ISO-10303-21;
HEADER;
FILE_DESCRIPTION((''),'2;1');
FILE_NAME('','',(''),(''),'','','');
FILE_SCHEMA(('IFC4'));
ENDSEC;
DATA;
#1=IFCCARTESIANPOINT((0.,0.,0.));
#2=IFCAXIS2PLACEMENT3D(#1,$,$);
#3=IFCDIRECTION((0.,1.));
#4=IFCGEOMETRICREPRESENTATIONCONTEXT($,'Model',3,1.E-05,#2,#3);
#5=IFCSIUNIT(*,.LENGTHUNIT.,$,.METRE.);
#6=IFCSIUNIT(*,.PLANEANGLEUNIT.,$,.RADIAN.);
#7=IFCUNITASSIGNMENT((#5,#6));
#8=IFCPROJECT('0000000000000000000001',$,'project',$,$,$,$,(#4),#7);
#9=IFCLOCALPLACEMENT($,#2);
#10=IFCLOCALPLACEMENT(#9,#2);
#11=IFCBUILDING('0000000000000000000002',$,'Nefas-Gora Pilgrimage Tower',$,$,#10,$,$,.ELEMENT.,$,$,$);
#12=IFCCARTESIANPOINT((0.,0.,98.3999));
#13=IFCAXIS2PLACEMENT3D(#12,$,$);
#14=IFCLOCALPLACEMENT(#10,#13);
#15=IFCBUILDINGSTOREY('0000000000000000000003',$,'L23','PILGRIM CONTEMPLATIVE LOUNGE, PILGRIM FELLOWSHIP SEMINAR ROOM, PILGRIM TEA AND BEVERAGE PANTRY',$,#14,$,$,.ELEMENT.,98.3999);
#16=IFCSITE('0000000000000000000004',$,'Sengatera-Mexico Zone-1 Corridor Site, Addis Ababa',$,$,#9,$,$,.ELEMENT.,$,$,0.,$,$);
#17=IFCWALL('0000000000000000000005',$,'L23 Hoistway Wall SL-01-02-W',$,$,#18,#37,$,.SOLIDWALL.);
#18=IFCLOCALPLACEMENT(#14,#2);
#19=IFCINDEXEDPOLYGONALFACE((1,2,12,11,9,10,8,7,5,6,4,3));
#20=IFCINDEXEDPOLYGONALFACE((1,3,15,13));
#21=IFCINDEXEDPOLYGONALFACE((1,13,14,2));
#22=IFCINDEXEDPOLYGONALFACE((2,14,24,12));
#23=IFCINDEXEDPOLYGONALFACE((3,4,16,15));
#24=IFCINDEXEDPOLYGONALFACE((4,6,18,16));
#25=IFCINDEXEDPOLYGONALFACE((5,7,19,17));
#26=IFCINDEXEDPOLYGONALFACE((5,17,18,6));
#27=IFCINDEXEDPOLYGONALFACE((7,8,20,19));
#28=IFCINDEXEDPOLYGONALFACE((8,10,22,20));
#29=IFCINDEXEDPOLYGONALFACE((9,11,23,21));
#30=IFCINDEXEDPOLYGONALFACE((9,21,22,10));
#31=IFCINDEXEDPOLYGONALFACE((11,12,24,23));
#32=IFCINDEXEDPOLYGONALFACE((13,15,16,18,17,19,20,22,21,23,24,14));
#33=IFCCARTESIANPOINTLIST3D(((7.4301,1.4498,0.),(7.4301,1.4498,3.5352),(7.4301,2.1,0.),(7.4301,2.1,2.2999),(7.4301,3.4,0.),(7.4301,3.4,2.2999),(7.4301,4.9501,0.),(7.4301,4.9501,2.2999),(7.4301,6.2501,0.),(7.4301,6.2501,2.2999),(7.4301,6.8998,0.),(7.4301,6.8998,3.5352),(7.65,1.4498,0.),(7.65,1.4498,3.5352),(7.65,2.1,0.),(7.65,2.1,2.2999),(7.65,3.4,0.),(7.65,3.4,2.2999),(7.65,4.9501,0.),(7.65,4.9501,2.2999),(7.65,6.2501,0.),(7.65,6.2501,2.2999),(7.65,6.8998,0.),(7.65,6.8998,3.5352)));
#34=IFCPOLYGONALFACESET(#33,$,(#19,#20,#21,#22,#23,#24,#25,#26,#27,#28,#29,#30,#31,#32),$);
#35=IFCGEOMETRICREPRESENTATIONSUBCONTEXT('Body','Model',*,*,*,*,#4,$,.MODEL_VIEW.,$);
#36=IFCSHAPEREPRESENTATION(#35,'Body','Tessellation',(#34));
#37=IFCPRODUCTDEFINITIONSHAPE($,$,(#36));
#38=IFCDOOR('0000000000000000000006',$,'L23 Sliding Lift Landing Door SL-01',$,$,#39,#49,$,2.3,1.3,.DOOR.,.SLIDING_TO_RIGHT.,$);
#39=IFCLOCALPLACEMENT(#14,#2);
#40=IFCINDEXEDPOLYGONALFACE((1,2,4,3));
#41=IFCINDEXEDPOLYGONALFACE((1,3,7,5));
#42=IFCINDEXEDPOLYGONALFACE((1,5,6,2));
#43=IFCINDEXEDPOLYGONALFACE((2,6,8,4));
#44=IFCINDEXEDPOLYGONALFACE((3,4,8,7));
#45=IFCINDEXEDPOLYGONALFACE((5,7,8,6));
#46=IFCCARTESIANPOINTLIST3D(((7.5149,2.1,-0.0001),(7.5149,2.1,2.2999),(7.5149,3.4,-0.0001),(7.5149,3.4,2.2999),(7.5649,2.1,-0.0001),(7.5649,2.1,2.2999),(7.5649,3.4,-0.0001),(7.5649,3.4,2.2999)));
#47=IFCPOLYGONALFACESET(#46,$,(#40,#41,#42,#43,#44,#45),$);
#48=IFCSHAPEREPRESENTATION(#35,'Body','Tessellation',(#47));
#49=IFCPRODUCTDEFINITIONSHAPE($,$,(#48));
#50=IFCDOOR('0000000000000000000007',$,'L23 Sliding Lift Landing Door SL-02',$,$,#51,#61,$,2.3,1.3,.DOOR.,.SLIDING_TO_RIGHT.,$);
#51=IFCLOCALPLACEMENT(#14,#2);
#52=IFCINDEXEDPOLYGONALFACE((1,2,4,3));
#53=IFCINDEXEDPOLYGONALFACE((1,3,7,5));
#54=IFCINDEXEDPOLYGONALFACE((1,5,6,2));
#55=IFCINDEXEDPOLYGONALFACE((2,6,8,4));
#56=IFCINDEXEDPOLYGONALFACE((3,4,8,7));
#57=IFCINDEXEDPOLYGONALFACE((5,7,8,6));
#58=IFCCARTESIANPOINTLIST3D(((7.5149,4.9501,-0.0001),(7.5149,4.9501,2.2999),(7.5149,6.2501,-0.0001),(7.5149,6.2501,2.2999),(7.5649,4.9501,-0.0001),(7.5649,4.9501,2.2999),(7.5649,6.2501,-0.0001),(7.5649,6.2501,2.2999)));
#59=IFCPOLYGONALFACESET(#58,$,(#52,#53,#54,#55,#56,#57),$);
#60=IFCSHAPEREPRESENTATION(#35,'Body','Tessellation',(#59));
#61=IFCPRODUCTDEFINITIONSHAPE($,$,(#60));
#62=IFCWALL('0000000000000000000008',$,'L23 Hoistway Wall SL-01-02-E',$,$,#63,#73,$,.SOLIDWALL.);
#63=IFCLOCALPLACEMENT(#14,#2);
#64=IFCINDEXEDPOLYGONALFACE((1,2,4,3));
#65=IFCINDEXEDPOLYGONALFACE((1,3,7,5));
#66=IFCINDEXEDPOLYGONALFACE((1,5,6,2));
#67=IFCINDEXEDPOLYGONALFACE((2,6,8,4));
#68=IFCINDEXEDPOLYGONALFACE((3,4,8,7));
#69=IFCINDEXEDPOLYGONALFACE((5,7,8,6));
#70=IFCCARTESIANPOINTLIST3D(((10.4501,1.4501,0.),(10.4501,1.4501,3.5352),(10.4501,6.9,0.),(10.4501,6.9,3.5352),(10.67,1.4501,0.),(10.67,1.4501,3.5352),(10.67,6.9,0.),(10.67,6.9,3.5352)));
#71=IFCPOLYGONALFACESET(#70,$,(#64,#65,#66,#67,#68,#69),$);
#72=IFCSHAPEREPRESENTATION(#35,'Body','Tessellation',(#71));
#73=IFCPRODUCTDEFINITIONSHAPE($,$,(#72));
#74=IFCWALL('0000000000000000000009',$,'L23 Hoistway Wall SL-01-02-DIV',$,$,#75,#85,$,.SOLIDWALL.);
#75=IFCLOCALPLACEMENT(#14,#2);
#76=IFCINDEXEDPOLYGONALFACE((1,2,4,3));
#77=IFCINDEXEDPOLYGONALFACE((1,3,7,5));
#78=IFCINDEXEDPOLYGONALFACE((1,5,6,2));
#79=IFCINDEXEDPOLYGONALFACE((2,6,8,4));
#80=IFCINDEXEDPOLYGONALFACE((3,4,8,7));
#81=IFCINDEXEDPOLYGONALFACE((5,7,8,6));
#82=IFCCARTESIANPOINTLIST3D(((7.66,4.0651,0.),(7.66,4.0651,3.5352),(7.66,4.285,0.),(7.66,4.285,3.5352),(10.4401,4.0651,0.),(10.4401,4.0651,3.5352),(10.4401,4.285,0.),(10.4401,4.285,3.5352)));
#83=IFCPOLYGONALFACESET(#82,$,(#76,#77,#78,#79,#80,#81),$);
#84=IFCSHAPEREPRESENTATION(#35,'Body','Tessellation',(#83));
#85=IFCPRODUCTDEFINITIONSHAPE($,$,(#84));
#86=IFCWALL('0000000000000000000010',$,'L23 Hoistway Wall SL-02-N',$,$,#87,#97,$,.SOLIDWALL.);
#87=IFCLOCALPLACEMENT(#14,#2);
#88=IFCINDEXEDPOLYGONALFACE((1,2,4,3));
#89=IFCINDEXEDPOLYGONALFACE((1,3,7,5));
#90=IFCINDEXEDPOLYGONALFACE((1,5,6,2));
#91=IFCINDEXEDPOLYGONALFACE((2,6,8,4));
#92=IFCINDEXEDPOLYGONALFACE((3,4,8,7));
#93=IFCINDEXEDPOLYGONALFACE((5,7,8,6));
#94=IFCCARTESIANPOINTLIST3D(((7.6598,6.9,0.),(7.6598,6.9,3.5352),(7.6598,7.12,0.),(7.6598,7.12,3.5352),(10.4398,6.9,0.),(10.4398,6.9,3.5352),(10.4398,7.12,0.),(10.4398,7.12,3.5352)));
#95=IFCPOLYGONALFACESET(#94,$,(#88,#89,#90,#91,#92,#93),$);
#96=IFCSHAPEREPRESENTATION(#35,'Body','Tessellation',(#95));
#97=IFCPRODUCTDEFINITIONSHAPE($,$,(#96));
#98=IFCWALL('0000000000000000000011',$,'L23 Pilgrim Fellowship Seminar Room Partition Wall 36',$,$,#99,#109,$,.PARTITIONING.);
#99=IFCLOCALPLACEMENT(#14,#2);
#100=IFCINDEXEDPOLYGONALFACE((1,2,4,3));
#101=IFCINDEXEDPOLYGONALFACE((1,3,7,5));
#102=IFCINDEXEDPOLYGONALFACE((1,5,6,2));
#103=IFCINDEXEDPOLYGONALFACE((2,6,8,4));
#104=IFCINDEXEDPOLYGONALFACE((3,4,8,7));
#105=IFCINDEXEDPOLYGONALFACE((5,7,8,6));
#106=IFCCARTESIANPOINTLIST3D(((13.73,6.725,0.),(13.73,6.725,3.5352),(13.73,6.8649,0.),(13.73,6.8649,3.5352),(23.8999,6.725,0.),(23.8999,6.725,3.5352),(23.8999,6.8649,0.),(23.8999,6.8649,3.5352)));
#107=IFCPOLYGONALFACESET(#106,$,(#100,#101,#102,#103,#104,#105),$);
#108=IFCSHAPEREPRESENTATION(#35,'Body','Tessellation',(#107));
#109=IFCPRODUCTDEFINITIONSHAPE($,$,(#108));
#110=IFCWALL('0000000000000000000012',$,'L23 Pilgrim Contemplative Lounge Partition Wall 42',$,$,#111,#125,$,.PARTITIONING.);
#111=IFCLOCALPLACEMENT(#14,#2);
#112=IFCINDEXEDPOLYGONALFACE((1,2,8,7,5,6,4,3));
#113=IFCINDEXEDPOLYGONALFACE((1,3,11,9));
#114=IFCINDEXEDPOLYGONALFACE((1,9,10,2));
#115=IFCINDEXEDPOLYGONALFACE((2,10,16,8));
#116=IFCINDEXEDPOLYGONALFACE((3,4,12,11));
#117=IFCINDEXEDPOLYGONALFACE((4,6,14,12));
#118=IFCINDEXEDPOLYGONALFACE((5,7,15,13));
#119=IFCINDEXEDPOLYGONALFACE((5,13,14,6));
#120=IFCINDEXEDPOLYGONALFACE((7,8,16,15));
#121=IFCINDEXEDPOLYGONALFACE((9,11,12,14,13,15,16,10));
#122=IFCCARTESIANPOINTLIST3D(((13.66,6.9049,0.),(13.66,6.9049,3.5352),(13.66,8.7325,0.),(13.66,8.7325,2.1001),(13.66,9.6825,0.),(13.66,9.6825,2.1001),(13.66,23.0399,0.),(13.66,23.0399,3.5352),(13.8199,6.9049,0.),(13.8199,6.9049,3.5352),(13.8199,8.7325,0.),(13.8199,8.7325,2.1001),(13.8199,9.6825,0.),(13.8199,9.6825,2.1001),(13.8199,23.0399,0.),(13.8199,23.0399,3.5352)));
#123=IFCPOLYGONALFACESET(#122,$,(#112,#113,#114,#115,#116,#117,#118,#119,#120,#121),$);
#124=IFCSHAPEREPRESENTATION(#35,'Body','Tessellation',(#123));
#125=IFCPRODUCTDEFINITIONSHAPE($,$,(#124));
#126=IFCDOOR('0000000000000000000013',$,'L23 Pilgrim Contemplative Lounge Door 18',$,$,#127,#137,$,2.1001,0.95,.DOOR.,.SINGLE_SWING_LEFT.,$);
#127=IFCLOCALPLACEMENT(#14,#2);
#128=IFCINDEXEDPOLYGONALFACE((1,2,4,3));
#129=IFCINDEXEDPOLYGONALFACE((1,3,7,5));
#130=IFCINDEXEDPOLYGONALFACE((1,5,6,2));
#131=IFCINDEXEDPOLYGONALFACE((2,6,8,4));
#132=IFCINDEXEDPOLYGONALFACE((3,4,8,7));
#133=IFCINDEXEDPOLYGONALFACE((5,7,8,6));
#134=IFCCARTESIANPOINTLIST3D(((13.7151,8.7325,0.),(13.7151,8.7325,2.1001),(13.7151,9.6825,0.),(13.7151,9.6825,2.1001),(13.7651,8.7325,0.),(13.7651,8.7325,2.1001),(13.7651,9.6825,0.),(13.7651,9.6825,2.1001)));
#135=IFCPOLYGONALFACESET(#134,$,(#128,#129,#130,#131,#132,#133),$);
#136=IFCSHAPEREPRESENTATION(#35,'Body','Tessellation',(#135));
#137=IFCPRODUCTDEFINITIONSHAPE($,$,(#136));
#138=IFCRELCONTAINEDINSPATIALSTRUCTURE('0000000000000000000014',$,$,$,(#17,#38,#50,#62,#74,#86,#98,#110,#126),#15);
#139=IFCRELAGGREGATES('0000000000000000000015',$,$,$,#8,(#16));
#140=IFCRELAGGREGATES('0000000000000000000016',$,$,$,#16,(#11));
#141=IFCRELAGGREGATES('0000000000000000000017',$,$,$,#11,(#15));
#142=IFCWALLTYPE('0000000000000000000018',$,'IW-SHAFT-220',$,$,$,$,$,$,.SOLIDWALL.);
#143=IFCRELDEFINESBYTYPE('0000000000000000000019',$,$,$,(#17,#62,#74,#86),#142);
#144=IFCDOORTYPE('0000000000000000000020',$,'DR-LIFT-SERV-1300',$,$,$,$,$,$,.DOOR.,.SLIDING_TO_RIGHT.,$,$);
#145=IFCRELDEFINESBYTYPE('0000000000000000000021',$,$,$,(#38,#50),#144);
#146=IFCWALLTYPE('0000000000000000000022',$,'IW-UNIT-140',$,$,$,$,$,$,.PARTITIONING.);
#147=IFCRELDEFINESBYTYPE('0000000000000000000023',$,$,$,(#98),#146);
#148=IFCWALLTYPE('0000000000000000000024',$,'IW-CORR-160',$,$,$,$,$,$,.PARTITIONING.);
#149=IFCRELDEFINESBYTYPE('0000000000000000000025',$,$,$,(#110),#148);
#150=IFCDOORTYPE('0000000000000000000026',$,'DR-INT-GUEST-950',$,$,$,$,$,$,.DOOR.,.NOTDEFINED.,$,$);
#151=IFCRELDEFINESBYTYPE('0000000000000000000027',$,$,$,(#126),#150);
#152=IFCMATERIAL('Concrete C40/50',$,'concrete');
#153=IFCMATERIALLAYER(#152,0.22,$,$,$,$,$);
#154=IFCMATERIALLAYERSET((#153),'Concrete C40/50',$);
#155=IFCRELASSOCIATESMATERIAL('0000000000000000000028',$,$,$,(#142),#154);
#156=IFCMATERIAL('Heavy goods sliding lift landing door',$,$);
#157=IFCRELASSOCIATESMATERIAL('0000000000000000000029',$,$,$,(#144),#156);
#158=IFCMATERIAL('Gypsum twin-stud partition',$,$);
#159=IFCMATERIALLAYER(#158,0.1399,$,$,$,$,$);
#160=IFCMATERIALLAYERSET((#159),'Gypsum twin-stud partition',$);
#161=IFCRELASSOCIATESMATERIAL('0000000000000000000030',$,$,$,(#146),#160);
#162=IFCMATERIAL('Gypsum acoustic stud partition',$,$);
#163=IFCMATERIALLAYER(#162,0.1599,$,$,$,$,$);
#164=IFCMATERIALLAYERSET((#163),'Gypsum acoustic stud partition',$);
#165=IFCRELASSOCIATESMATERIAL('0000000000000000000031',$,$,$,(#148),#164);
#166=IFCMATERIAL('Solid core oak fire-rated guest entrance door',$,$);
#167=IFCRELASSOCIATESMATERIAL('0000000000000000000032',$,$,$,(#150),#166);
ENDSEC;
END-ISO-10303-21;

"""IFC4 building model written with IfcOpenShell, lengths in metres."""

from ifc_helpers import new_model, si_unit, direction, frame, frame_2d, origin, place, context, subcontext, project, spatial, rectangle, extrude, source, transform, mapped, material, layer, layer_set, type_object, element, fill, save


model = new_model("IFC4")

# Units and contexts
model_context = context("Model", 3, precision=1e-05, world=origin(), true_north=direction((0.0, 1.0)))
body_context = subcontext(model_context, "Body", "Model", "MODEL_VIEW")
ifc_project = project(units=[si_unit("LENGTHUNIT", "METRE"), si_unit("PLANEANGLEUNIT", "RADIAN")], contexts=[model_context])

# Site, building, storey
site_placement = place(None, origin())
site = spatial("IfcSite", under=ifc_project, at=site_placement, Name="Sengatera-Mexico Zone-1 Corridor Site, Addis Ababa", CompositionType="ELEMENT", RefElevation=0.0)
building_placement = place(site_placement, origin())
building = spatial("IfcBuilding", under=site, at=building_placement, Name="Nefas-Gora Pilgrimage Tower", CompositionType="ELEMENT")
storey_placement = place(building_placement, frame((0.0, 0.0, 98.3999)))
storey = spatial("IfcBuildingStorey", under=building, at=storey_placement, Name="L23", Description="PILGRIM CONTEMPLATIVE LOUNGE, PILGRIM FELLOWSHIP SEMINAR ROOM, PILGRIM TEA AND BEVERAGE PANTRY", CompositionType="ELEMENT", Elevation=98.3999)

# Wall, openings, doors
ifc_material_1 = material(Name="Concrete C40/50", Category="concrete")
ifc_layer_1 = layer(ifc_material_1, 0.22)
ifc_layer_set_1 = layer_set([ifc_layer_1], Name="Concrete C40/50")
wall_type_1 = type_object("IfcWallType", Name="IW-SHAFT-220", PredefinedType="SOLIDWALL", material=ifc_layer_set_1)
shared_shape_1 = source(origin(), body_context, "Body", "SweptSolid", [
    extrude(rectangle(XDim=5.45, YDim=0.22, at=frame_2d((2.7251, 0.0))), origin(), (0.0, 0.0, 1.0), 3.5352),
])
wall_1_placement = place(storey_placement, frame((7.54, 6.8999, 0.0), z_axis=(0.0, 0.0, 1.0), x_axis=(0.0, -1.0, 0.0)))
wall_1 = element("IfcWall", 1, at=wall_1_placement, inside=storey, type_object=wall_type_1, Name="L23 Hoistway Wall SL-01-02-W", PredefinedType="SOLIDWALL", context=body_context, shape_type="MappedRepresentation", body=[
    mapped(shared_shape_1, transform((0.0, 0.0, 0.0), x_axis=(1.0, 0.0, 0.0), y_axis=(0.0, 1.0, 0.0), z_axis=(0.0, 0.0, 1.0), scale=1.0)),
])
opening_1_placement = place(wall_1_placement, frame((3.5, 0.0, 0.0)))
opening_1 = element("IfcOpeningElement", 2, at=opening_1_placement, cuts=wall_1, PredefinedType="OPENING", context=body_context, shape_type="SweptSolid", body=[
    extrude(rectangle(XDim=1.3, YDim=2.3, at=frame_2d((0.6499, 1.1499))), frame((0.0, 0.1199, 0.0), z_axis=(0.0, -1.0, 0.0), x_axis=(1.0, 0.0, 0.0)), (0.0, 0.0, 1.0), 0.24),
])
opening_2_placement = place(wall_1_placement, frame((0.6499, 0.0, 0.0)))
opening_2 = element("IfcOpeningElement", 3, at=opening_2_placement, cuts=wall_1, PredefinedType="OPENING", context=body_context, shape_type="SweptSolid", body=[
    extrude(rectangle(XDim=1.3, YDim=2.3, at=frame_2d((0.6499, 1.1499))), frame((0.0, 0.1199, 0.0), z_axis=(0.0, -1.0, 0.0), x_axis=(1.0, 0.0, 0.0)), (0.0, 0.0, 1.0), 0.24),
])
ifc_material_2 = material(Name="Heavy goods sliding lift landing door")
door_type_1 = type_object("IfcDoorType", Name="DR-LIFT-SERV-1300", OperationType="SLIDING_TO_RIGHT", PredefinedType="DOOR", material=ifc_material_2)
shared_shape_2 = source(origin(), body_context, "Body", "SweptSolid", [
    extrude(rectangle(XDim=1.3, YDim=2.3, at=frame_2d((0.6499, 1.1499))), frame((0.0, 0.0249, 0.0), z_axis=(0.0, -1.0, 0.0), x_axis=(1.0, 0.0, 0.0)), (0.0, 0.0, 1.0), 0.05),
])
door_1_placement = place(opening_1_placement, origin())
door_1 = element("IfcDoor", 4, at=door_1_placement, inside=storey, type_object=door_type_1, Name="L23 Sliding Lift Landing Door SL-01", OperationType="SLIDING_TO_RIGHT", OverallHeight=2.3, OverallWidth=1.3, PredefinedType="DOOR", context=body_context, shape_type="MappedRepresentation", body=[
    mapped(shared_shape_2, transform((0.0, 0.0, 0.0), x_axis=(1.0, 0.0, 0.0), y_axis=(0.0, 1.0, 0.0), z_axis=(0.0, 0.0, 1.0), scale=1.0)),
])
fill(opening_1, door_1)
door_2_placement = place(opening_2_placement, origin())
door_2 = element("IfcDoor", 5, at=door_2_placement, inside=storey, type_object=door_type_1, Name="L23 Sliding Lift Landing Door SL-02", OperationType="SLIDING_TO_RIGHT", OverallHeight=2.3, OverallWidth=1.3, PredefinedType="DOOR", context=body_context, shape_type="MappedRepresentation", body=[
    mapped(shared_shape_2, transform((0.0, 0.0, 0.0), x_axis=(1.0, 0.0, 0.0), y_axis=(0.0, 1.0, 0.0), z_axis=(0.0, 0.0, 1.0), scale=1.0)),
])
fill(opening_2, door_2)

# Walls
wall_2_placement = place(storey_placement, frame((10.5601, 1.45, 0.0), z_axis=(0.0, 0.0, 1.0), x_axis=(0.0, 1.0, 0.0)))
element("IfcWall", 6, at=wall_2_placement, inside=storey, type_object=wall_type_1, Name="L23 Hoistway Wall SL-01-02-E", PredefinedType="SOLIDWALL", context=body_context, shape_type="MappedRepresentation", body=[
    mapped(shared_shape_1, transform((0.0, 0.0, 0.0), x_axis=(1.0, 0.0, 0.0), y_axis=(0.0, 1.0, 0.0), z_axis=(0.0, 0.0, 1.0), scale=1.0)),
])
shared_shape_3 = source(origin(), body_context, "Body", "SweptSolid", [
    extrude(rectangle(XDim=2.78, YDim=0.22, at=frame_2d((1.3901, 0.0))), origin(), (0.0, 0.0, 1.0), 3.5352),
])
for number, where, z_axis, x_axis, name in (
    (7, (7.6599, 4.175, 0.0), (0.0, 0.0, 1.0), (1.0, 0.0, 0.0), "L23 Hoistway Wall SL-01-02-DIV"),
    (8, (10.4399, 7.01, 0.0), (0.0, 0.0, 1.0), (-1.0, 0.0, 0.0), "L23 Hoistway Wall SL-02-N"),
):
    element("IfcWall", number, at=place(storey_placement, frame(where, z_axis=z_axis, x_axis=x_axis)), inside=storey, type_object=wall_type_1, Name=name, PredefinedType="SOLIDWALL", context=body_context, shape_type="MappedRepresentation", body=[
        mapped(shared_shape_3, transform((0.0, 0.0, 0.0), x_axis=(1.0, 0.0, 0.0), y_axis=(0.0, 1.0, 0.0), z_axis=(0.0, 0.0, 1.0), scale=1.0)),
    ])
ifc_material_3 = material(Name="Gypsum twin-stud partition")
ifc_layer_2 = layer(ifc_material_3, 0.1399)
ifc_layer_set_2 = layer_set([ifc_layer_2], Name="Gypsum twin-stud partition")
wall_type_2 = type_object("IfcWallType", Name="IW-UNIT-140", PredefinedType="PARTITIONING", material=ifc_layer_set_2)
shared_shape_4 = source(origin(), body_context, "Body", "SweptSolid", [
    extrude(rectangle(XDim=10.1699, YDim=0.1399, at=frame_2d((5.085, 0.0))), origin(), (0.0, 0.0, 1.0), 3.5352),
])
wall_3_placement = place(storey_placement, frame((13.73, 6.7949, 0.0), z_axis=(0.0, 0.0, 1.0), x_axis=(1.0, 0.0, 0.0)))
element("IfcWall", 9, at=wall_3_placement, inside=storey, type_object=wall_type_2, Name="L23 Pilgrim Fellowship Seminar Room Partition Wall 36", PredefinedType="PARTITIONING", context=body_context, shape_type="MappedRepresentation", body=[
    mapped(shared_shape_4, transform((0.0, 0.0, 0.0), x_axis=(1.0, 0.0, 0.0), y_axis=(0.0, 1.0, 0.0), z_axis=(0.0, 0.0, 1.0), scale=1.0)),
])

# Wall, opening, door
ifc_material_4 = material(Name="Gypsum acoustic stud partition")
ifc_layer_3 = layer(ifc_material_4, 0.1599)
ifc_layer_set_3 = layer_set([ifc_layer_3], Name="Gypsum acoustic stud partition")
wall_type_3 = type_object("IfcWallType", Name="IW-CORR-160", PredefinedType="PARTITIONING", material=ifc_layer_set_3)
shared_shape_5 = source(origin(), body_context, "Body", "SweptSolid", [
    extrude(rectangle(XDim=16.135, YDim=0.1599, at=frame_2d((8.0674, 0.0))), origin(), (0.0, 0.0, 1.0), 3.5352),
])
wall_4_placement = place(storey_placement, frame((13.74, 6.905, 0.0), z_axis=(0.0, 0.0, 1.0), x_axis=(0.0, 1.0, 0.0)))
wall_4 = element("IfcWall", 10, at=wall_4_placement, inside=storey, type_object=wall_type_3, Name="L23 Pilgrim Contemplative Lounge Partition Wall 42", PredefinedType="PARTITIONING", context=body_context, shape_type="MappedRepresentation", body=[
    mapped(shared_shape_5, transform((0.0, 0.0, 0.0), x_axis=(1.0, 0.0, 0.0), y_axis=(0.0, 1.0, 0.0), z_axis=(0.0, 0.0, 1.0), scale=1.0)),
])
opening_3_placement = place(wall_4_placement, frame((1.8274, 0.0, 0.0)))
opening_3 = element("IfcOpeningElement", 11, at=opening_3_placement, cuts=wall_4, PredefinedType="OPENING", context=body_context, shape_type="SweptSolid", body=[
    extrude(rectangle(XDim=0.95, YDim=2.1001, at=frame_2d((0.4751, 1.05))), frame((0.0, 0.0898, 0.0), z_axis=(0.0, -1.0, 0.0), x_axis=(1.0, 0.0, 0.0)), (0.0, 0.0, 1.0), 0.1799),
])
ifc_material_5 = material(Name="Solid core oak fire-rated guest entrance door")
door_type_2 = type_object("IfcDoorType", Name="DR-INT-GUEST-950", OperationType="NOTDEFINED", PredefinedType="DOOR", material=ifc_material_5)
shared_shape_6 = source(origin(), body_context, "Body", "SweptSolid", [
    extrude(rectangle(XDim=0.95, YDim=2.1001, at=frame_2d((0.4751, 1.05))), frame((0.0, 0.0249, 0.0), z_axis=(0.0, -1.0, 0.0), x_axis=(1.0, 0.0, 0.0)), (0.0, 0.0, 1.0), 0.05),
])
door_3_placement = place(opening_3_placement, origin())
door_3 = element("IfcDoor", 12, at=door_3_placement, inside=storey, type_object=door_type_2, Name="L23 Pilgrim Contemplative Lounge Door 18", OperationType="SINGLE_SWING_LEFT", OverallHeight=2.1001, OverallWidth=0.95, PredefinedType="DOOR", context=body_context, shape_type="MappedRepresentation", body=[
    mapped(shared_shape_6, transform((0.0, 0.0, 0.0), x_axis=(1.0, 0.0, 0.0), y_axis=(0.0, 1.0, 0.0), z_axis=(0.0, 0.0, 1.0), scale=1.0)),
])
fill(opening_3, door_3)

save(model, "model.ifc")
